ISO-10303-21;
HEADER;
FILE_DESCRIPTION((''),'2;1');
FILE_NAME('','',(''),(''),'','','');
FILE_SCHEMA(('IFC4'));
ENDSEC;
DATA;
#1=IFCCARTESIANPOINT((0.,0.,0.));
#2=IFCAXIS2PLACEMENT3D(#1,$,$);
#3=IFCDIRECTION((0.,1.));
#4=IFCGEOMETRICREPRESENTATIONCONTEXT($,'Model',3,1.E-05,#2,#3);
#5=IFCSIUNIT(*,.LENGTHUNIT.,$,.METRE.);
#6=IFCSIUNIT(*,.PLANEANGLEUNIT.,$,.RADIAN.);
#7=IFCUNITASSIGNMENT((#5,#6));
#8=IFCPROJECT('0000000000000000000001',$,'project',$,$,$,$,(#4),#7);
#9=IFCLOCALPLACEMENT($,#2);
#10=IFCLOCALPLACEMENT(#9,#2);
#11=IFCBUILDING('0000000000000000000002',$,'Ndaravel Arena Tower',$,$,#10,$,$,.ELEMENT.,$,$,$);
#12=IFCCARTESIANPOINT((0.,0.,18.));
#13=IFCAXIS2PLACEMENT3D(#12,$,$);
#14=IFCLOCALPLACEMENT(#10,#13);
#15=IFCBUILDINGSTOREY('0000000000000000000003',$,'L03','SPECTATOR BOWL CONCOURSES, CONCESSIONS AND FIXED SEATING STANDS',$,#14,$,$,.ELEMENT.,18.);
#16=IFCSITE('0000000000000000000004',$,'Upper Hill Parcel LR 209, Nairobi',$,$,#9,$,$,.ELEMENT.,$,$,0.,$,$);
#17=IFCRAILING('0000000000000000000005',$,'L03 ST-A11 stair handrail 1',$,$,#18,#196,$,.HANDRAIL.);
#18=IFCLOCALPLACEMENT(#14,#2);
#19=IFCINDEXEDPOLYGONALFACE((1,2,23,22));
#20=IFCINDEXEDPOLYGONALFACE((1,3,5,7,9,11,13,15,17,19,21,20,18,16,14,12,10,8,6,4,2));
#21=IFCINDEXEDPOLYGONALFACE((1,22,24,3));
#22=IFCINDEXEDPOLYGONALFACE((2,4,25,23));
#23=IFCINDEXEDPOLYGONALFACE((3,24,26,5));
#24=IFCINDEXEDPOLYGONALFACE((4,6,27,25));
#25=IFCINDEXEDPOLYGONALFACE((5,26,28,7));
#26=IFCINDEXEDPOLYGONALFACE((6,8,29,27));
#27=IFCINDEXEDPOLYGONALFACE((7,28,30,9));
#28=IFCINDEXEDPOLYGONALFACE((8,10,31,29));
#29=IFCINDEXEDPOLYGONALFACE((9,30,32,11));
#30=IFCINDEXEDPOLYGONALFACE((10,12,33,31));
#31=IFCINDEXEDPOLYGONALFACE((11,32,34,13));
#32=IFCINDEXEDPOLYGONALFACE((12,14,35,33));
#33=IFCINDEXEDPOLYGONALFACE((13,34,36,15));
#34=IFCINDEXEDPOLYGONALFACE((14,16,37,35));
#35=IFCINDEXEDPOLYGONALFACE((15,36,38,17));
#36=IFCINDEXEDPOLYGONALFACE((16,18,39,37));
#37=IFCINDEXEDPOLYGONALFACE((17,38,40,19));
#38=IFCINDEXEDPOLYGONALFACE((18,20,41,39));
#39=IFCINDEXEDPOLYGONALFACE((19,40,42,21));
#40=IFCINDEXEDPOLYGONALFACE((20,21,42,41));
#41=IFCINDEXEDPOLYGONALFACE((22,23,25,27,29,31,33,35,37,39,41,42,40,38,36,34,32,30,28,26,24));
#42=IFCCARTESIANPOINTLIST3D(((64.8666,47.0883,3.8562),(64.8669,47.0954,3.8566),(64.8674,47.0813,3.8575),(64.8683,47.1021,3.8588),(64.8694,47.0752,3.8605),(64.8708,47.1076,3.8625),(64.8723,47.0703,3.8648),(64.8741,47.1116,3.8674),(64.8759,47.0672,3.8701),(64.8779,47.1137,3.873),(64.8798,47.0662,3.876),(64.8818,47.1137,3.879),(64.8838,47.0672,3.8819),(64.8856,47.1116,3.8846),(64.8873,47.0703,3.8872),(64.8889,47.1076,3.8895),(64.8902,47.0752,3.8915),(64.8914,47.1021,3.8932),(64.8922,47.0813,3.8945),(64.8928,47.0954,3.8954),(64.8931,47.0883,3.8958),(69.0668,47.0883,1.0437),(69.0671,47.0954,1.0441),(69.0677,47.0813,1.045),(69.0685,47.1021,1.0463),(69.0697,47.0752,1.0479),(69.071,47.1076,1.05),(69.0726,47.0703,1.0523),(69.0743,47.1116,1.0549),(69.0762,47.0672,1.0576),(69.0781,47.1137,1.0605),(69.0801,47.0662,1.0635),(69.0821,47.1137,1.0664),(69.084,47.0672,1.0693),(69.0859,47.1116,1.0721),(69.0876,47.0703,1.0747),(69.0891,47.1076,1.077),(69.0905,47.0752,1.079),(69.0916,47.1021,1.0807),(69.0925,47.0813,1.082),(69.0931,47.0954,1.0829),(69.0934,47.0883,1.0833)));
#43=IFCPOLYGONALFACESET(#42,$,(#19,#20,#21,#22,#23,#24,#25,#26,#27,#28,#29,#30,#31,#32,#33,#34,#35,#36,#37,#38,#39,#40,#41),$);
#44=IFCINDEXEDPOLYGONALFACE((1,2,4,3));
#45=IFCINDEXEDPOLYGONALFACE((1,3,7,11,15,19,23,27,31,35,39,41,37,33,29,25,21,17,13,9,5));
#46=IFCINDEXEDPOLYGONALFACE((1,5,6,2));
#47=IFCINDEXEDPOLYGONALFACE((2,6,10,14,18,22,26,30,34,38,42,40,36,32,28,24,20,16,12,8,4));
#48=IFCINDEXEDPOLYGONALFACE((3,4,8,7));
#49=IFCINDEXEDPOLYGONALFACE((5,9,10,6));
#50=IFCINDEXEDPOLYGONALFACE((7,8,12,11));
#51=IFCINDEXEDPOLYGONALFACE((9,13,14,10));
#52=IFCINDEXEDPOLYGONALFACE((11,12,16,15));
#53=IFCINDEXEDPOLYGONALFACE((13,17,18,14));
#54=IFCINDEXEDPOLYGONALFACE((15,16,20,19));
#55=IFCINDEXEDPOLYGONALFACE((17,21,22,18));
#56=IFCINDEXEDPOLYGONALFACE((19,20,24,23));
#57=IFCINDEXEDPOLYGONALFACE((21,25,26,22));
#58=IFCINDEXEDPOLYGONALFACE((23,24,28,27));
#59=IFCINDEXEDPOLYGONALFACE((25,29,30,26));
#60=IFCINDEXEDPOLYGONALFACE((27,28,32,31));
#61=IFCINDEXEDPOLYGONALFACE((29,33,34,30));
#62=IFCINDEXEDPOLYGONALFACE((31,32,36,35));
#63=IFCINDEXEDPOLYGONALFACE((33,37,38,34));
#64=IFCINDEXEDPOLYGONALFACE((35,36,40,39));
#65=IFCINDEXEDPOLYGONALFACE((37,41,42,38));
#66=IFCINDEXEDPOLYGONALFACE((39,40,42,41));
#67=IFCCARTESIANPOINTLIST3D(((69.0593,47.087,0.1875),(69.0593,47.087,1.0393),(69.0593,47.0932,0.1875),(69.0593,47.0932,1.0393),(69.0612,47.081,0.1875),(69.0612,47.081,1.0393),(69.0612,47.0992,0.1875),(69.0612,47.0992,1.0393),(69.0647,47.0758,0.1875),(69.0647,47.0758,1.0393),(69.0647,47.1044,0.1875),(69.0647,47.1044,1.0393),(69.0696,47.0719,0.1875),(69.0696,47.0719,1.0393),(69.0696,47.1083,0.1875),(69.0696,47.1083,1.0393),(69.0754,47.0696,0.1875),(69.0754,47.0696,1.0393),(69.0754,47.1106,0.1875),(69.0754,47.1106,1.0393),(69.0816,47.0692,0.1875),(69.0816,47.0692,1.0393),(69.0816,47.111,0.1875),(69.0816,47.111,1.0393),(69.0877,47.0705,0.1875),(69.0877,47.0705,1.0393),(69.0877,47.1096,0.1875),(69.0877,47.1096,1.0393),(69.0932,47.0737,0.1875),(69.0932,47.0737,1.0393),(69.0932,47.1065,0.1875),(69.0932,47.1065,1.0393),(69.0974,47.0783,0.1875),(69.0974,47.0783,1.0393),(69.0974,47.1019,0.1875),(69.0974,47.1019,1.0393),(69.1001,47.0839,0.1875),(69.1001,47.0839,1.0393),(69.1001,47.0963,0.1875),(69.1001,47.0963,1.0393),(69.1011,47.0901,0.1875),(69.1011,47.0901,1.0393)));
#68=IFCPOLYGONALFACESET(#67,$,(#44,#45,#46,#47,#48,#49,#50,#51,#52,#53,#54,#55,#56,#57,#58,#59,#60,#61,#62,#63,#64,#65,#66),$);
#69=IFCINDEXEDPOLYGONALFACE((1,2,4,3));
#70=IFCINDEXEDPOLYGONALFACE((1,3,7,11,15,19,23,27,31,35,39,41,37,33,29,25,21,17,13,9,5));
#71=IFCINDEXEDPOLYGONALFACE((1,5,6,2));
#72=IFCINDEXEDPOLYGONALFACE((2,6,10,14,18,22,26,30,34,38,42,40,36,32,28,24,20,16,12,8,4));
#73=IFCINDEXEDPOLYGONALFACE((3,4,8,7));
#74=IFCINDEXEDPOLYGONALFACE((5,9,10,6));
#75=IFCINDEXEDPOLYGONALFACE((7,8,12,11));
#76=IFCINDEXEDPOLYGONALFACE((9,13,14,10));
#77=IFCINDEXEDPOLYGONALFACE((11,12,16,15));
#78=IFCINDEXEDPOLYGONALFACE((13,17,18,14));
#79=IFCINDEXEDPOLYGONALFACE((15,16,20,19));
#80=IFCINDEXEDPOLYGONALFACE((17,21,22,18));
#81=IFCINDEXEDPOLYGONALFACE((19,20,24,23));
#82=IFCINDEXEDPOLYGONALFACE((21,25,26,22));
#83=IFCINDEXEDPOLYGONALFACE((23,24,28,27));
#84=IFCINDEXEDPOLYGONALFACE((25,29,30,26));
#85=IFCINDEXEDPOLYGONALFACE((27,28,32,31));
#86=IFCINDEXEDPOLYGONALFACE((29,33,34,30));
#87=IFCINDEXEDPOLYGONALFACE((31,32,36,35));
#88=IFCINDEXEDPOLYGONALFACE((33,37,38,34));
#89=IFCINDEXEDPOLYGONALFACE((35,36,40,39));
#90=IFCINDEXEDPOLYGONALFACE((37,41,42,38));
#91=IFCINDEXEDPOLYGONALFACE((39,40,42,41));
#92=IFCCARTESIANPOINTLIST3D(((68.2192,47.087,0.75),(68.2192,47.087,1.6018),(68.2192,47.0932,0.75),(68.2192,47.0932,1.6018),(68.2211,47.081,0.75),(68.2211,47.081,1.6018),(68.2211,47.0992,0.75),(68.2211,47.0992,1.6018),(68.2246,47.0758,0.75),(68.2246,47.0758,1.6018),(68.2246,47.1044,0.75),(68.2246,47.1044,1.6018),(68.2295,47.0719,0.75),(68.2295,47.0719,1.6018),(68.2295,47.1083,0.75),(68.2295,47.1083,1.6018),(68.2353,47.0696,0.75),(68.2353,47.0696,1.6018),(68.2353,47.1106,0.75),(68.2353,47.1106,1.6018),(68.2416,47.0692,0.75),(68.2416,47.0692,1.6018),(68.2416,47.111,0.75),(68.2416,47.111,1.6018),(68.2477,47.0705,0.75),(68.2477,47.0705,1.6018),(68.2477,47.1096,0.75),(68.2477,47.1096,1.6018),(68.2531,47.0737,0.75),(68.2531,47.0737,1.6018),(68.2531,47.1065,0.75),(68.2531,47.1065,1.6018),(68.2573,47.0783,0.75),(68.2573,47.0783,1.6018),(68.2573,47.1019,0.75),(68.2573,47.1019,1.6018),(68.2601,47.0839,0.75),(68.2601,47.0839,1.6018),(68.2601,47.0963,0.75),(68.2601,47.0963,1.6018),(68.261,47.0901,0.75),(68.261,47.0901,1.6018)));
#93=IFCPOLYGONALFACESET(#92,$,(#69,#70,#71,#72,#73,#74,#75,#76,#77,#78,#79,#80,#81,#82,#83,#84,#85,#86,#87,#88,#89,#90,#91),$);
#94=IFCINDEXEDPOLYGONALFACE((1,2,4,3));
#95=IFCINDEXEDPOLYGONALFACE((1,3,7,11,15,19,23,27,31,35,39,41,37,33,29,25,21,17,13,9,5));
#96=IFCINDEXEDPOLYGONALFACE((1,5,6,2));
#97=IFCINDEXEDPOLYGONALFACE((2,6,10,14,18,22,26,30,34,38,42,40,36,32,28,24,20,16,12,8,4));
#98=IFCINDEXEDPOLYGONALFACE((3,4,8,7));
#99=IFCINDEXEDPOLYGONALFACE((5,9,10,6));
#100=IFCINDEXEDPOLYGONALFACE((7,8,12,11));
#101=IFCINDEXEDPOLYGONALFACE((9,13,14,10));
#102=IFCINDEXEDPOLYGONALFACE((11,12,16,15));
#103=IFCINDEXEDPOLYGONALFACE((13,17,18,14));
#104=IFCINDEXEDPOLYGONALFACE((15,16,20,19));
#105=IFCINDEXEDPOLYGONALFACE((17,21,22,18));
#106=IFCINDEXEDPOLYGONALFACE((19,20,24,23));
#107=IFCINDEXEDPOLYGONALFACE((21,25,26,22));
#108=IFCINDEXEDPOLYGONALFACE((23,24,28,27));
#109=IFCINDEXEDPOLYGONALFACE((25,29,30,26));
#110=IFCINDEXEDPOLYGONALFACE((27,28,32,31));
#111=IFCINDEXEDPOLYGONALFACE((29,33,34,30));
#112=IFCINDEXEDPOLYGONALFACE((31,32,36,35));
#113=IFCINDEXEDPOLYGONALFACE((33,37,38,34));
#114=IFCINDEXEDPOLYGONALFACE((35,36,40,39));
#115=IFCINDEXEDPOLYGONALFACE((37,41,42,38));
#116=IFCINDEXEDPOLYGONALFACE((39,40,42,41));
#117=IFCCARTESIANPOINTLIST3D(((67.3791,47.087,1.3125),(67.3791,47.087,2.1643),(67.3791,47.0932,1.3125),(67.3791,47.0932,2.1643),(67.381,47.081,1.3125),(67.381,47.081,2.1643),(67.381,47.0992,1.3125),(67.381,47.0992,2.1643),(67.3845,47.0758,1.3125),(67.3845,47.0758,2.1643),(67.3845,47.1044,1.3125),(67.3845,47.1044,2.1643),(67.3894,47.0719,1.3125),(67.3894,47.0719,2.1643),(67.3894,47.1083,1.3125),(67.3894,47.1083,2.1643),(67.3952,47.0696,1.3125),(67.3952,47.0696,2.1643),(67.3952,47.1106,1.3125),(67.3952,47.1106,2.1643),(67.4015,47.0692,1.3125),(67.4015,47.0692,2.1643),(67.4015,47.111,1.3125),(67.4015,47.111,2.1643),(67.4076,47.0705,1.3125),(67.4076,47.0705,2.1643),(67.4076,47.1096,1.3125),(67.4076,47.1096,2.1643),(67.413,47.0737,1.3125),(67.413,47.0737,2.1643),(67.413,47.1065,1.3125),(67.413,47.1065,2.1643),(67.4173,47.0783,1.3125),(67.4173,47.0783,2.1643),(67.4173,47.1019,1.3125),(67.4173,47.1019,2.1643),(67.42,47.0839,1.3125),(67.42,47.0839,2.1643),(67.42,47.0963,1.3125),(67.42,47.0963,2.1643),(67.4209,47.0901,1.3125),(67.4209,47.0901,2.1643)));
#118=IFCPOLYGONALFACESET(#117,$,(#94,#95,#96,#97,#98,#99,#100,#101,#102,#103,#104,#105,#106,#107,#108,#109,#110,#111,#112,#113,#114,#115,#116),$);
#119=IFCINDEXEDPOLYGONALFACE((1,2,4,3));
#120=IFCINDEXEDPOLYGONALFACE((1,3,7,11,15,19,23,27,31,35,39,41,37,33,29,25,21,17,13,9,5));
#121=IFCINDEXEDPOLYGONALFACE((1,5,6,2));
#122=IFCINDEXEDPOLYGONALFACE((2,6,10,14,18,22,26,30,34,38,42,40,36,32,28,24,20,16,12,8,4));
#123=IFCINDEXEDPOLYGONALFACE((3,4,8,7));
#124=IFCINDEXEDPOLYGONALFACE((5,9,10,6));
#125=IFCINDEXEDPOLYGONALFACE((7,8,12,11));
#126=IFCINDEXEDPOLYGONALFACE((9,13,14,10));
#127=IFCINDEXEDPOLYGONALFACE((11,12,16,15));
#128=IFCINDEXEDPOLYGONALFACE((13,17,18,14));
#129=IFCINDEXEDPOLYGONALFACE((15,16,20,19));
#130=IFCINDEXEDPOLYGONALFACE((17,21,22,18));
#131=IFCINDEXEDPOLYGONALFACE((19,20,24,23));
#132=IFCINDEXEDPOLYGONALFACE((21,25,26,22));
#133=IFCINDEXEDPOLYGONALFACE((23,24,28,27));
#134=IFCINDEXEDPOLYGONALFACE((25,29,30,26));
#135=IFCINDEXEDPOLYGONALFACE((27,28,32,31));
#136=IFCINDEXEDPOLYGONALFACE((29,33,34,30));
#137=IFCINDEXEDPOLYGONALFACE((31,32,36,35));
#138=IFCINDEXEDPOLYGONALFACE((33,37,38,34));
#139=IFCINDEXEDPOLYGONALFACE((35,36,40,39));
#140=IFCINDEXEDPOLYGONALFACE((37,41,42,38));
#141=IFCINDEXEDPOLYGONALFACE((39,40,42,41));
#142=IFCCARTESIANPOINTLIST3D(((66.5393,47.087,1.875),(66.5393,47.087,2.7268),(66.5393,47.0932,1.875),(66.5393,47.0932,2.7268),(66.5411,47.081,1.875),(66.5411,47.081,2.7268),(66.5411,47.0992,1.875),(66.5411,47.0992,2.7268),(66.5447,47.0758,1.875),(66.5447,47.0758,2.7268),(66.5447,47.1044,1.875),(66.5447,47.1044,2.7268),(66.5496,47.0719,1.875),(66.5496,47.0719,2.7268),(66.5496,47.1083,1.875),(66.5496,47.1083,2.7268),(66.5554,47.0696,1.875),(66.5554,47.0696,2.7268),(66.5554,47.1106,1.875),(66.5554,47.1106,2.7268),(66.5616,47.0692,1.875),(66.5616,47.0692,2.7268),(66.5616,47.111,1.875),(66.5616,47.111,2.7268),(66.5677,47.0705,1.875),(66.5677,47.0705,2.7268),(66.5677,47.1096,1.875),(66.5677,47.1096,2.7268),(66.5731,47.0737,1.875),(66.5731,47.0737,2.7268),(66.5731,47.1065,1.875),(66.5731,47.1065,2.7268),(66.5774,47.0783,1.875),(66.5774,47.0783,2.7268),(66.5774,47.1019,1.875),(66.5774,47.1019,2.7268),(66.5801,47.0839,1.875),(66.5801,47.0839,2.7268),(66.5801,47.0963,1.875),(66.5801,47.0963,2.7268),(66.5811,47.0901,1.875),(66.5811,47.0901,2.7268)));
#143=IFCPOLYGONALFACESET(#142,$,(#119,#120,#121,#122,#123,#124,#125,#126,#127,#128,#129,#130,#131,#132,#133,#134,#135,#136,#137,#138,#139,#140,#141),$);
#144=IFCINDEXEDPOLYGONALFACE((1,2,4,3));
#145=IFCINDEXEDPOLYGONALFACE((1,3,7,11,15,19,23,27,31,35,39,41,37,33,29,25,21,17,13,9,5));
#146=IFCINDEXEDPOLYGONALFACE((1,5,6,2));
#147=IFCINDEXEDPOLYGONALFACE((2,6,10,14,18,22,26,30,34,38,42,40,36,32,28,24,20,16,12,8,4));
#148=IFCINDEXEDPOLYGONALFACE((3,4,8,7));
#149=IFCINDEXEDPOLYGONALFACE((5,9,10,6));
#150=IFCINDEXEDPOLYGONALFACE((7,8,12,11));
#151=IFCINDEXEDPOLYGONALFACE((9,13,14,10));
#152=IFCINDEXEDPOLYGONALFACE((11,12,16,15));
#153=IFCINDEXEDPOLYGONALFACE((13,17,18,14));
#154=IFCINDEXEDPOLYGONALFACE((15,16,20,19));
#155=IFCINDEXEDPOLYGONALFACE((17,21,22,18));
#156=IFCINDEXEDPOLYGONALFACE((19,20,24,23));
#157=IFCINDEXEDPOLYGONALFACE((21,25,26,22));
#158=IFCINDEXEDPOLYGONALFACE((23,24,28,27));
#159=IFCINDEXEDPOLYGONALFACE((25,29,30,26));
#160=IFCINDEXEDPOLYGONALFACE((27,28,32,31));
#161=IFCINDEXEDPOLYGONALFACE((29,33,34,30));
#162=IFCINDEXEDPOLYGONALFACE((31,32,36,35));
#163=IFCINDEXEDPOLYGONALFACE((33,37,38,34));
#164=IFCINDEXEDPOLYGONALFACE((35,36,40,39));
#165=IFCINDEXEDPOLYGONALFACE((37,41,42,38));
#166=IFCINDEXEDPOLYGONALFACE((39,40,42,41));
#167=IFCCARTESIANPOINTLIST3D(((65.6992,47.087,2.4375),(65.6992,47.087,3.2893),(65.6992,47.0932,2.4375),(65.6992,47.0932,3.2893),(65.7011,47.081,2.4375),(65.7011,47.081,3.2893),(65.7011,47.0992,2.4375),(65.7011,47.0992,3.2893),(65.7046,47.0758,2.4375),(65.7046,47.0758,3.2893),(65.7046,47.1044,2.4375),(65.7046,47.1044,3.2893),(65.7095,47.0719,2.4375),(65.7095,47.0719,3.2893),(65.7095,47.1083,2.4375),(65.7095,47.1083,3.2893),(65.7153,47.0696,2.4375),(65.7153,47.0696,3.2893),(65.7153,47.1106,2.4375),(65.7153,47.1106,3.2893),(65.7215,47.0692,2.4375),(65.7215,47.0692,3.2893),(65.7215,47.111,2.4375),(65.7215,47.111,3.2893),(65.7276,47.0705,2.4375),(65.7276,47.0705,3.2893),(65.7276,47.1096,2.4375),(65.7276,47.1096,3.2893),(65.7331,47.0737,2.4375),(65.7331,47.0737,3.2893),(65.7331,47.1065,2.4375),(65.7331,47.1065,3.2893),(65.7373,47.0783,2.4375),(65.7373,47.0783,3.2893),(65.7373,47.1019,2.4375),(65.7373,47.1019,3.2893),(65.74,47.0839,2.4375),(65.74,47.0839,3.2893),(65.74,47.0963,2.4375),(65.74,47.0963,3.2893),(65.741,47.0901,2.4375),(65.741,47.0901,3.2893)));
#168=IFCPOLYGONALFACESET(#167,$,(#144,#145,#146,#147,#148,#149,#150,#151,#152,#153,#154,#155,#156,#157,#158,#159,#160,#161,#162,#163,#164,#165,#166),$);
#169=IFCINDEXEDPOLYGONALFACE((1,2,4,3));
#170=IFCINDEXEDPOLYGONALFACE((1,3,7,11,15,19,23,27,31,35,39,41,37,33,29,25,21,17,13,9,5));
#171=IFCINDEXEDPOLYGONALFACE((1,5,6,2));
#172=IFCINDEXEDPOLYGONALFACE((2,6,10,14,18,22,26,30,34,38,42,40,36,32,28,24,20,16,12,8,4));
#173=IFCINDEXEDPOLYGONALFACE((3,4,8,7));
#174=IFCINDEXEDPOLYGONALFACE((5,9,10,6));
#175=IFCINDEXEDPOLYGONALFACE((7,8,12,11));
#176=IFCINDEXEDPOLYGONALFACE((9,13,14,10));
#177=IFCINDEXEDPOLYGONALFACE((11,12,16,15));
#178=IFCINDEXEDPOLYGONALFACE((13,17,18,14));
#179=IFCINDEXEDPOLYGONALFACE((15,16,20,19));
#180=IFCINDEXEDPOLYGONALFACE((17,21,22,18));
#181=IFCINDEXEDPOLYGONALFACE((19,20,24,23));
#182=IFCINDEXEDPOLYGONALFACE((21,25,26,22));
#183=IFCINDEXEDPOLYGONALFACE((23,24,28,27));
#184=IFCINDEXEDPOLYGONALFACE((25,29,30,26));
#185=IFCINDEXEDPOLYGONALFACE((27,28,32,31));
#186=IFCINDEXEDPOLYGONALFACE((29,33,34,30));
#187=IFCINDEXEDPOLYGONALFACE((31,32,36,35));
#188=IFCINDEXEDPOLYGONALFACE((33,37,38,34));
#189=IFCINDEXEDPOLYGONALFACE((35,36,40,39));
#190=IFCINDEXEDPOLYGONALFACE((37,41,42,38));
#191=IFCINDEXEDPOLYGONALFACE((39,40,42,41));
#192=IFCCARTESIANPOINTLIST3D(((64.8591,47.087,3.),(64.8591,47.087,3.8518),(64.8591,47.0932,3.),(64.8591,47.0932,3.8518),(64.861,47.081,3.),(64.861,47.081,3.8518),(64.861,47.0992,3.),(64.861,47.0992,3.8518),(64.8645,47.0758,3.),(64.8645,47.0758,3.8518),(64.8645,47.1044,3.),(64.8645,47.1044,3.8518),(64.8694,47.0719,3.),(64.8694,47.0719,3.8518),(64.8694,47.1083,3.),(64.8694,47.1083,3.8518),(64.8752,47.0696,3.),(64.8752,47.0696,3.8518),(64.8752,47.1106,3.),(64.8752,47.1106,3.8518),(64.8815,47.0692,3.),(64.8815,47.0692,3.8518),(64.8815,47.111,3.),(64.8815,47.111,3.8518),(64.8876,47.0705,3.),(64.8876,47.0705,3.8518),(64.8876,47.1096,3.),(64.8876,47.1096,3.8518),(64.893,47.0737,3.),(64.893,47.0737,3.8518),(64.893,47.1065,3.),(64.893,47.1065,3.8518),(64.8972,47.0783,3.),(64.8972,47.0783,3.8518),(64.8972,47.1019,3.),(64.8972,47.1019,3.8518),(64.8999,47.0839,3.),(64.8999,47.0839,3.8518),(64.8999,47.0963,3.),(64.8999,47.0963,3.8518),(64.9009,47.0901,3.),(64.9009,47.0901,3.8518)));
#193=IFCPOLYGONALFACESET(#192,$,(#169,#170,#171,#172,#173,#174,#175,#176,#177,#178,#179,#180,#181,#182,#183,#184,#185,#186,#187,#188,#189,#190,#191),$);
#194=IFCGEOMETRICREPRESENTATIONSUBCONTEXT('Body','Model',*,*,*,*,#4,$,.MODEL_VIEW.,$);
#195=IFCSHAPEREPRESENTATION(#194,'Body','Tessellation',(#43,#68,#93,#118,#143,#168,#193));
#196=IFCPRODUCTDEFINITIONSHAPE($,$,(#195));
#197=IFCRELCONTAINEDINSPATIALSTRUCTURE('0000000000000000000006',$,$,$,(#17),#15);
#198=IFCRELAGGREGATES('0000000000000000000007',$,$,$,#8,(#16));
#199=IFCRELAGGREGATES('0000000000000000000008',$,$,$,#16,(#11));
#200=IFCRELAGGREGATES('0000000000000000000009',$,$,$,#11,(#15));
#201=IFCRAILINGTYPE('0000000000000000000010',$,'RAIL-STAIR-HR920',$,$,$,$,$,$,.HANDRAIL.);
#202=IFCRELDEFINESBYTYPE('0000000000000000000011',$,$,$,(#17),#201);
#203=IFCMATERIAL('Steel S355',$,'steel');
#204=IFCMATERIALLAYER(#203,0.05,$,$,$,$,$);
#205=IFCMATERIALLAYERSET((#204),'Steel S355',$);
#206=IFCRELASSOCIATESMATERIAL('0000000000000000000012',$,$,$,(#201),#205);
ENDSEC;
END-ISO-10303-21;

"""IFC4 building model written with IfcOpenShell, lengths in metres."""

from ifc_helpers import new_model, si_unit, direction, frame, origin, origin_2d, place, context, subcontext, project, spatial, circle, extrude, material, layer, layer_set, type_object, element, save


model = new_model("IFC4")

# Units and contexts
model_context = context("Model", 3, precision=1e-05, world=origin(), true_north=direction((0.0, 1.0)))
body_context = subcontext(model_context, "Body", "Model", "MODEL_VIEW")
ifc_project = project(units=[si_unit("LENGTHUNIT", "METRE"), si_unit("PLANEANGLEUNIT", "RADIAN")], contexts=[model_context])

# Site, building, storey
site_placement = place(None, origin())
site = spatial("IfcSite", under=ifc_project, at=site_placement, Name="Upper Hill Parcel LR 209, Nairobi", CompositionType="ELEMENT", RefElevation=0.0)
building_placement = place(site_placement, origin())
building = spatial("IfcBuilding", under=site, at=building_placement, Name="Ndaravel Arena Tower", CompositionType="ELEMENT")
storey_placement = place(building_placement, frame((0.0, 0.0, 18.0)))
storey = spatial("IfcBuildingStorey", under=building, at=storey_placement, Name="L03", Description="SPECTATOR BOWL CONCOURSES, CONCESSIONS AND FIXED SEATING STANDS", CompositionType="ELEMENT", Elevation=18.0)

# Railing
ifc_material_1 = material(Name="Steel S355", Category="steel")
ifc_layer_1 = layer(ifc_material_1, 0.05)
ifc_layer_set_1 = layer_set([ifc_layer_1], Name="Steel S355")
railing_type_1 = type_object("IfcRailingType", Name="RAIL-STAIR-HR920", PredefinedType="HANDRAIL", material=ifc_layer_set_1)
railing_1_placement = place(storey_placement, frame((69.0801, 47.0901, 0.1875)))
element("IfcRailing", 1, at=railing_1_placement, inside=storey, type_object=railing_type_1, Name="L03 ST-A11 stair handrail 1", PredefinedType="HANDRAIL", context=body_context, shape_type="SweptSolid", body=[
    extrude(circle(Radius=0.0239, at=origin_2d()), frame((0.0, 0.0, 0.876), z_axis=(-0.830919, 0.0, 0.556393), x_axis=(0.0, -1.0, 0.0)), (0.0, 0.0, 1.0), 5.0549),
    extrude(circle(Radius=0.021, at=origin_2d()), origin(), (0.0, 0.0, 1.0), 0.8518),
    extrude(circle(Radius=0.021, at=origin_2d()), frame((-0.8401, 0.0, 0.5625)), (0.0, 0.0, 1.0), 0.8518),
    extrude(circle(Radius=0.021, at=origin_2d()), frame((-1.6802, 0.0, 1.125)), (0.0, 0.0, 1.0), 0.8518),
    extrude(circle(Radius=0.021, at=origin_2d()), frame((-2.52, 0.0, 1.6875)), (0.0, 0.0, 1.0), 0.8518),
    extrude(circle(Radius=0.021, at=origin_2d()), frame((-3.3601, 0.0, 2.25)), (0.0, 0.0, 1.0), 0.8518),
    extrude(circle(Radius=0.021, at=origin_2d()), frame((-4.2002, 0.0, 2.8125)), (0.0, 0.0, 1.0), 0.8518),
])

save(model, "model.ifc")
